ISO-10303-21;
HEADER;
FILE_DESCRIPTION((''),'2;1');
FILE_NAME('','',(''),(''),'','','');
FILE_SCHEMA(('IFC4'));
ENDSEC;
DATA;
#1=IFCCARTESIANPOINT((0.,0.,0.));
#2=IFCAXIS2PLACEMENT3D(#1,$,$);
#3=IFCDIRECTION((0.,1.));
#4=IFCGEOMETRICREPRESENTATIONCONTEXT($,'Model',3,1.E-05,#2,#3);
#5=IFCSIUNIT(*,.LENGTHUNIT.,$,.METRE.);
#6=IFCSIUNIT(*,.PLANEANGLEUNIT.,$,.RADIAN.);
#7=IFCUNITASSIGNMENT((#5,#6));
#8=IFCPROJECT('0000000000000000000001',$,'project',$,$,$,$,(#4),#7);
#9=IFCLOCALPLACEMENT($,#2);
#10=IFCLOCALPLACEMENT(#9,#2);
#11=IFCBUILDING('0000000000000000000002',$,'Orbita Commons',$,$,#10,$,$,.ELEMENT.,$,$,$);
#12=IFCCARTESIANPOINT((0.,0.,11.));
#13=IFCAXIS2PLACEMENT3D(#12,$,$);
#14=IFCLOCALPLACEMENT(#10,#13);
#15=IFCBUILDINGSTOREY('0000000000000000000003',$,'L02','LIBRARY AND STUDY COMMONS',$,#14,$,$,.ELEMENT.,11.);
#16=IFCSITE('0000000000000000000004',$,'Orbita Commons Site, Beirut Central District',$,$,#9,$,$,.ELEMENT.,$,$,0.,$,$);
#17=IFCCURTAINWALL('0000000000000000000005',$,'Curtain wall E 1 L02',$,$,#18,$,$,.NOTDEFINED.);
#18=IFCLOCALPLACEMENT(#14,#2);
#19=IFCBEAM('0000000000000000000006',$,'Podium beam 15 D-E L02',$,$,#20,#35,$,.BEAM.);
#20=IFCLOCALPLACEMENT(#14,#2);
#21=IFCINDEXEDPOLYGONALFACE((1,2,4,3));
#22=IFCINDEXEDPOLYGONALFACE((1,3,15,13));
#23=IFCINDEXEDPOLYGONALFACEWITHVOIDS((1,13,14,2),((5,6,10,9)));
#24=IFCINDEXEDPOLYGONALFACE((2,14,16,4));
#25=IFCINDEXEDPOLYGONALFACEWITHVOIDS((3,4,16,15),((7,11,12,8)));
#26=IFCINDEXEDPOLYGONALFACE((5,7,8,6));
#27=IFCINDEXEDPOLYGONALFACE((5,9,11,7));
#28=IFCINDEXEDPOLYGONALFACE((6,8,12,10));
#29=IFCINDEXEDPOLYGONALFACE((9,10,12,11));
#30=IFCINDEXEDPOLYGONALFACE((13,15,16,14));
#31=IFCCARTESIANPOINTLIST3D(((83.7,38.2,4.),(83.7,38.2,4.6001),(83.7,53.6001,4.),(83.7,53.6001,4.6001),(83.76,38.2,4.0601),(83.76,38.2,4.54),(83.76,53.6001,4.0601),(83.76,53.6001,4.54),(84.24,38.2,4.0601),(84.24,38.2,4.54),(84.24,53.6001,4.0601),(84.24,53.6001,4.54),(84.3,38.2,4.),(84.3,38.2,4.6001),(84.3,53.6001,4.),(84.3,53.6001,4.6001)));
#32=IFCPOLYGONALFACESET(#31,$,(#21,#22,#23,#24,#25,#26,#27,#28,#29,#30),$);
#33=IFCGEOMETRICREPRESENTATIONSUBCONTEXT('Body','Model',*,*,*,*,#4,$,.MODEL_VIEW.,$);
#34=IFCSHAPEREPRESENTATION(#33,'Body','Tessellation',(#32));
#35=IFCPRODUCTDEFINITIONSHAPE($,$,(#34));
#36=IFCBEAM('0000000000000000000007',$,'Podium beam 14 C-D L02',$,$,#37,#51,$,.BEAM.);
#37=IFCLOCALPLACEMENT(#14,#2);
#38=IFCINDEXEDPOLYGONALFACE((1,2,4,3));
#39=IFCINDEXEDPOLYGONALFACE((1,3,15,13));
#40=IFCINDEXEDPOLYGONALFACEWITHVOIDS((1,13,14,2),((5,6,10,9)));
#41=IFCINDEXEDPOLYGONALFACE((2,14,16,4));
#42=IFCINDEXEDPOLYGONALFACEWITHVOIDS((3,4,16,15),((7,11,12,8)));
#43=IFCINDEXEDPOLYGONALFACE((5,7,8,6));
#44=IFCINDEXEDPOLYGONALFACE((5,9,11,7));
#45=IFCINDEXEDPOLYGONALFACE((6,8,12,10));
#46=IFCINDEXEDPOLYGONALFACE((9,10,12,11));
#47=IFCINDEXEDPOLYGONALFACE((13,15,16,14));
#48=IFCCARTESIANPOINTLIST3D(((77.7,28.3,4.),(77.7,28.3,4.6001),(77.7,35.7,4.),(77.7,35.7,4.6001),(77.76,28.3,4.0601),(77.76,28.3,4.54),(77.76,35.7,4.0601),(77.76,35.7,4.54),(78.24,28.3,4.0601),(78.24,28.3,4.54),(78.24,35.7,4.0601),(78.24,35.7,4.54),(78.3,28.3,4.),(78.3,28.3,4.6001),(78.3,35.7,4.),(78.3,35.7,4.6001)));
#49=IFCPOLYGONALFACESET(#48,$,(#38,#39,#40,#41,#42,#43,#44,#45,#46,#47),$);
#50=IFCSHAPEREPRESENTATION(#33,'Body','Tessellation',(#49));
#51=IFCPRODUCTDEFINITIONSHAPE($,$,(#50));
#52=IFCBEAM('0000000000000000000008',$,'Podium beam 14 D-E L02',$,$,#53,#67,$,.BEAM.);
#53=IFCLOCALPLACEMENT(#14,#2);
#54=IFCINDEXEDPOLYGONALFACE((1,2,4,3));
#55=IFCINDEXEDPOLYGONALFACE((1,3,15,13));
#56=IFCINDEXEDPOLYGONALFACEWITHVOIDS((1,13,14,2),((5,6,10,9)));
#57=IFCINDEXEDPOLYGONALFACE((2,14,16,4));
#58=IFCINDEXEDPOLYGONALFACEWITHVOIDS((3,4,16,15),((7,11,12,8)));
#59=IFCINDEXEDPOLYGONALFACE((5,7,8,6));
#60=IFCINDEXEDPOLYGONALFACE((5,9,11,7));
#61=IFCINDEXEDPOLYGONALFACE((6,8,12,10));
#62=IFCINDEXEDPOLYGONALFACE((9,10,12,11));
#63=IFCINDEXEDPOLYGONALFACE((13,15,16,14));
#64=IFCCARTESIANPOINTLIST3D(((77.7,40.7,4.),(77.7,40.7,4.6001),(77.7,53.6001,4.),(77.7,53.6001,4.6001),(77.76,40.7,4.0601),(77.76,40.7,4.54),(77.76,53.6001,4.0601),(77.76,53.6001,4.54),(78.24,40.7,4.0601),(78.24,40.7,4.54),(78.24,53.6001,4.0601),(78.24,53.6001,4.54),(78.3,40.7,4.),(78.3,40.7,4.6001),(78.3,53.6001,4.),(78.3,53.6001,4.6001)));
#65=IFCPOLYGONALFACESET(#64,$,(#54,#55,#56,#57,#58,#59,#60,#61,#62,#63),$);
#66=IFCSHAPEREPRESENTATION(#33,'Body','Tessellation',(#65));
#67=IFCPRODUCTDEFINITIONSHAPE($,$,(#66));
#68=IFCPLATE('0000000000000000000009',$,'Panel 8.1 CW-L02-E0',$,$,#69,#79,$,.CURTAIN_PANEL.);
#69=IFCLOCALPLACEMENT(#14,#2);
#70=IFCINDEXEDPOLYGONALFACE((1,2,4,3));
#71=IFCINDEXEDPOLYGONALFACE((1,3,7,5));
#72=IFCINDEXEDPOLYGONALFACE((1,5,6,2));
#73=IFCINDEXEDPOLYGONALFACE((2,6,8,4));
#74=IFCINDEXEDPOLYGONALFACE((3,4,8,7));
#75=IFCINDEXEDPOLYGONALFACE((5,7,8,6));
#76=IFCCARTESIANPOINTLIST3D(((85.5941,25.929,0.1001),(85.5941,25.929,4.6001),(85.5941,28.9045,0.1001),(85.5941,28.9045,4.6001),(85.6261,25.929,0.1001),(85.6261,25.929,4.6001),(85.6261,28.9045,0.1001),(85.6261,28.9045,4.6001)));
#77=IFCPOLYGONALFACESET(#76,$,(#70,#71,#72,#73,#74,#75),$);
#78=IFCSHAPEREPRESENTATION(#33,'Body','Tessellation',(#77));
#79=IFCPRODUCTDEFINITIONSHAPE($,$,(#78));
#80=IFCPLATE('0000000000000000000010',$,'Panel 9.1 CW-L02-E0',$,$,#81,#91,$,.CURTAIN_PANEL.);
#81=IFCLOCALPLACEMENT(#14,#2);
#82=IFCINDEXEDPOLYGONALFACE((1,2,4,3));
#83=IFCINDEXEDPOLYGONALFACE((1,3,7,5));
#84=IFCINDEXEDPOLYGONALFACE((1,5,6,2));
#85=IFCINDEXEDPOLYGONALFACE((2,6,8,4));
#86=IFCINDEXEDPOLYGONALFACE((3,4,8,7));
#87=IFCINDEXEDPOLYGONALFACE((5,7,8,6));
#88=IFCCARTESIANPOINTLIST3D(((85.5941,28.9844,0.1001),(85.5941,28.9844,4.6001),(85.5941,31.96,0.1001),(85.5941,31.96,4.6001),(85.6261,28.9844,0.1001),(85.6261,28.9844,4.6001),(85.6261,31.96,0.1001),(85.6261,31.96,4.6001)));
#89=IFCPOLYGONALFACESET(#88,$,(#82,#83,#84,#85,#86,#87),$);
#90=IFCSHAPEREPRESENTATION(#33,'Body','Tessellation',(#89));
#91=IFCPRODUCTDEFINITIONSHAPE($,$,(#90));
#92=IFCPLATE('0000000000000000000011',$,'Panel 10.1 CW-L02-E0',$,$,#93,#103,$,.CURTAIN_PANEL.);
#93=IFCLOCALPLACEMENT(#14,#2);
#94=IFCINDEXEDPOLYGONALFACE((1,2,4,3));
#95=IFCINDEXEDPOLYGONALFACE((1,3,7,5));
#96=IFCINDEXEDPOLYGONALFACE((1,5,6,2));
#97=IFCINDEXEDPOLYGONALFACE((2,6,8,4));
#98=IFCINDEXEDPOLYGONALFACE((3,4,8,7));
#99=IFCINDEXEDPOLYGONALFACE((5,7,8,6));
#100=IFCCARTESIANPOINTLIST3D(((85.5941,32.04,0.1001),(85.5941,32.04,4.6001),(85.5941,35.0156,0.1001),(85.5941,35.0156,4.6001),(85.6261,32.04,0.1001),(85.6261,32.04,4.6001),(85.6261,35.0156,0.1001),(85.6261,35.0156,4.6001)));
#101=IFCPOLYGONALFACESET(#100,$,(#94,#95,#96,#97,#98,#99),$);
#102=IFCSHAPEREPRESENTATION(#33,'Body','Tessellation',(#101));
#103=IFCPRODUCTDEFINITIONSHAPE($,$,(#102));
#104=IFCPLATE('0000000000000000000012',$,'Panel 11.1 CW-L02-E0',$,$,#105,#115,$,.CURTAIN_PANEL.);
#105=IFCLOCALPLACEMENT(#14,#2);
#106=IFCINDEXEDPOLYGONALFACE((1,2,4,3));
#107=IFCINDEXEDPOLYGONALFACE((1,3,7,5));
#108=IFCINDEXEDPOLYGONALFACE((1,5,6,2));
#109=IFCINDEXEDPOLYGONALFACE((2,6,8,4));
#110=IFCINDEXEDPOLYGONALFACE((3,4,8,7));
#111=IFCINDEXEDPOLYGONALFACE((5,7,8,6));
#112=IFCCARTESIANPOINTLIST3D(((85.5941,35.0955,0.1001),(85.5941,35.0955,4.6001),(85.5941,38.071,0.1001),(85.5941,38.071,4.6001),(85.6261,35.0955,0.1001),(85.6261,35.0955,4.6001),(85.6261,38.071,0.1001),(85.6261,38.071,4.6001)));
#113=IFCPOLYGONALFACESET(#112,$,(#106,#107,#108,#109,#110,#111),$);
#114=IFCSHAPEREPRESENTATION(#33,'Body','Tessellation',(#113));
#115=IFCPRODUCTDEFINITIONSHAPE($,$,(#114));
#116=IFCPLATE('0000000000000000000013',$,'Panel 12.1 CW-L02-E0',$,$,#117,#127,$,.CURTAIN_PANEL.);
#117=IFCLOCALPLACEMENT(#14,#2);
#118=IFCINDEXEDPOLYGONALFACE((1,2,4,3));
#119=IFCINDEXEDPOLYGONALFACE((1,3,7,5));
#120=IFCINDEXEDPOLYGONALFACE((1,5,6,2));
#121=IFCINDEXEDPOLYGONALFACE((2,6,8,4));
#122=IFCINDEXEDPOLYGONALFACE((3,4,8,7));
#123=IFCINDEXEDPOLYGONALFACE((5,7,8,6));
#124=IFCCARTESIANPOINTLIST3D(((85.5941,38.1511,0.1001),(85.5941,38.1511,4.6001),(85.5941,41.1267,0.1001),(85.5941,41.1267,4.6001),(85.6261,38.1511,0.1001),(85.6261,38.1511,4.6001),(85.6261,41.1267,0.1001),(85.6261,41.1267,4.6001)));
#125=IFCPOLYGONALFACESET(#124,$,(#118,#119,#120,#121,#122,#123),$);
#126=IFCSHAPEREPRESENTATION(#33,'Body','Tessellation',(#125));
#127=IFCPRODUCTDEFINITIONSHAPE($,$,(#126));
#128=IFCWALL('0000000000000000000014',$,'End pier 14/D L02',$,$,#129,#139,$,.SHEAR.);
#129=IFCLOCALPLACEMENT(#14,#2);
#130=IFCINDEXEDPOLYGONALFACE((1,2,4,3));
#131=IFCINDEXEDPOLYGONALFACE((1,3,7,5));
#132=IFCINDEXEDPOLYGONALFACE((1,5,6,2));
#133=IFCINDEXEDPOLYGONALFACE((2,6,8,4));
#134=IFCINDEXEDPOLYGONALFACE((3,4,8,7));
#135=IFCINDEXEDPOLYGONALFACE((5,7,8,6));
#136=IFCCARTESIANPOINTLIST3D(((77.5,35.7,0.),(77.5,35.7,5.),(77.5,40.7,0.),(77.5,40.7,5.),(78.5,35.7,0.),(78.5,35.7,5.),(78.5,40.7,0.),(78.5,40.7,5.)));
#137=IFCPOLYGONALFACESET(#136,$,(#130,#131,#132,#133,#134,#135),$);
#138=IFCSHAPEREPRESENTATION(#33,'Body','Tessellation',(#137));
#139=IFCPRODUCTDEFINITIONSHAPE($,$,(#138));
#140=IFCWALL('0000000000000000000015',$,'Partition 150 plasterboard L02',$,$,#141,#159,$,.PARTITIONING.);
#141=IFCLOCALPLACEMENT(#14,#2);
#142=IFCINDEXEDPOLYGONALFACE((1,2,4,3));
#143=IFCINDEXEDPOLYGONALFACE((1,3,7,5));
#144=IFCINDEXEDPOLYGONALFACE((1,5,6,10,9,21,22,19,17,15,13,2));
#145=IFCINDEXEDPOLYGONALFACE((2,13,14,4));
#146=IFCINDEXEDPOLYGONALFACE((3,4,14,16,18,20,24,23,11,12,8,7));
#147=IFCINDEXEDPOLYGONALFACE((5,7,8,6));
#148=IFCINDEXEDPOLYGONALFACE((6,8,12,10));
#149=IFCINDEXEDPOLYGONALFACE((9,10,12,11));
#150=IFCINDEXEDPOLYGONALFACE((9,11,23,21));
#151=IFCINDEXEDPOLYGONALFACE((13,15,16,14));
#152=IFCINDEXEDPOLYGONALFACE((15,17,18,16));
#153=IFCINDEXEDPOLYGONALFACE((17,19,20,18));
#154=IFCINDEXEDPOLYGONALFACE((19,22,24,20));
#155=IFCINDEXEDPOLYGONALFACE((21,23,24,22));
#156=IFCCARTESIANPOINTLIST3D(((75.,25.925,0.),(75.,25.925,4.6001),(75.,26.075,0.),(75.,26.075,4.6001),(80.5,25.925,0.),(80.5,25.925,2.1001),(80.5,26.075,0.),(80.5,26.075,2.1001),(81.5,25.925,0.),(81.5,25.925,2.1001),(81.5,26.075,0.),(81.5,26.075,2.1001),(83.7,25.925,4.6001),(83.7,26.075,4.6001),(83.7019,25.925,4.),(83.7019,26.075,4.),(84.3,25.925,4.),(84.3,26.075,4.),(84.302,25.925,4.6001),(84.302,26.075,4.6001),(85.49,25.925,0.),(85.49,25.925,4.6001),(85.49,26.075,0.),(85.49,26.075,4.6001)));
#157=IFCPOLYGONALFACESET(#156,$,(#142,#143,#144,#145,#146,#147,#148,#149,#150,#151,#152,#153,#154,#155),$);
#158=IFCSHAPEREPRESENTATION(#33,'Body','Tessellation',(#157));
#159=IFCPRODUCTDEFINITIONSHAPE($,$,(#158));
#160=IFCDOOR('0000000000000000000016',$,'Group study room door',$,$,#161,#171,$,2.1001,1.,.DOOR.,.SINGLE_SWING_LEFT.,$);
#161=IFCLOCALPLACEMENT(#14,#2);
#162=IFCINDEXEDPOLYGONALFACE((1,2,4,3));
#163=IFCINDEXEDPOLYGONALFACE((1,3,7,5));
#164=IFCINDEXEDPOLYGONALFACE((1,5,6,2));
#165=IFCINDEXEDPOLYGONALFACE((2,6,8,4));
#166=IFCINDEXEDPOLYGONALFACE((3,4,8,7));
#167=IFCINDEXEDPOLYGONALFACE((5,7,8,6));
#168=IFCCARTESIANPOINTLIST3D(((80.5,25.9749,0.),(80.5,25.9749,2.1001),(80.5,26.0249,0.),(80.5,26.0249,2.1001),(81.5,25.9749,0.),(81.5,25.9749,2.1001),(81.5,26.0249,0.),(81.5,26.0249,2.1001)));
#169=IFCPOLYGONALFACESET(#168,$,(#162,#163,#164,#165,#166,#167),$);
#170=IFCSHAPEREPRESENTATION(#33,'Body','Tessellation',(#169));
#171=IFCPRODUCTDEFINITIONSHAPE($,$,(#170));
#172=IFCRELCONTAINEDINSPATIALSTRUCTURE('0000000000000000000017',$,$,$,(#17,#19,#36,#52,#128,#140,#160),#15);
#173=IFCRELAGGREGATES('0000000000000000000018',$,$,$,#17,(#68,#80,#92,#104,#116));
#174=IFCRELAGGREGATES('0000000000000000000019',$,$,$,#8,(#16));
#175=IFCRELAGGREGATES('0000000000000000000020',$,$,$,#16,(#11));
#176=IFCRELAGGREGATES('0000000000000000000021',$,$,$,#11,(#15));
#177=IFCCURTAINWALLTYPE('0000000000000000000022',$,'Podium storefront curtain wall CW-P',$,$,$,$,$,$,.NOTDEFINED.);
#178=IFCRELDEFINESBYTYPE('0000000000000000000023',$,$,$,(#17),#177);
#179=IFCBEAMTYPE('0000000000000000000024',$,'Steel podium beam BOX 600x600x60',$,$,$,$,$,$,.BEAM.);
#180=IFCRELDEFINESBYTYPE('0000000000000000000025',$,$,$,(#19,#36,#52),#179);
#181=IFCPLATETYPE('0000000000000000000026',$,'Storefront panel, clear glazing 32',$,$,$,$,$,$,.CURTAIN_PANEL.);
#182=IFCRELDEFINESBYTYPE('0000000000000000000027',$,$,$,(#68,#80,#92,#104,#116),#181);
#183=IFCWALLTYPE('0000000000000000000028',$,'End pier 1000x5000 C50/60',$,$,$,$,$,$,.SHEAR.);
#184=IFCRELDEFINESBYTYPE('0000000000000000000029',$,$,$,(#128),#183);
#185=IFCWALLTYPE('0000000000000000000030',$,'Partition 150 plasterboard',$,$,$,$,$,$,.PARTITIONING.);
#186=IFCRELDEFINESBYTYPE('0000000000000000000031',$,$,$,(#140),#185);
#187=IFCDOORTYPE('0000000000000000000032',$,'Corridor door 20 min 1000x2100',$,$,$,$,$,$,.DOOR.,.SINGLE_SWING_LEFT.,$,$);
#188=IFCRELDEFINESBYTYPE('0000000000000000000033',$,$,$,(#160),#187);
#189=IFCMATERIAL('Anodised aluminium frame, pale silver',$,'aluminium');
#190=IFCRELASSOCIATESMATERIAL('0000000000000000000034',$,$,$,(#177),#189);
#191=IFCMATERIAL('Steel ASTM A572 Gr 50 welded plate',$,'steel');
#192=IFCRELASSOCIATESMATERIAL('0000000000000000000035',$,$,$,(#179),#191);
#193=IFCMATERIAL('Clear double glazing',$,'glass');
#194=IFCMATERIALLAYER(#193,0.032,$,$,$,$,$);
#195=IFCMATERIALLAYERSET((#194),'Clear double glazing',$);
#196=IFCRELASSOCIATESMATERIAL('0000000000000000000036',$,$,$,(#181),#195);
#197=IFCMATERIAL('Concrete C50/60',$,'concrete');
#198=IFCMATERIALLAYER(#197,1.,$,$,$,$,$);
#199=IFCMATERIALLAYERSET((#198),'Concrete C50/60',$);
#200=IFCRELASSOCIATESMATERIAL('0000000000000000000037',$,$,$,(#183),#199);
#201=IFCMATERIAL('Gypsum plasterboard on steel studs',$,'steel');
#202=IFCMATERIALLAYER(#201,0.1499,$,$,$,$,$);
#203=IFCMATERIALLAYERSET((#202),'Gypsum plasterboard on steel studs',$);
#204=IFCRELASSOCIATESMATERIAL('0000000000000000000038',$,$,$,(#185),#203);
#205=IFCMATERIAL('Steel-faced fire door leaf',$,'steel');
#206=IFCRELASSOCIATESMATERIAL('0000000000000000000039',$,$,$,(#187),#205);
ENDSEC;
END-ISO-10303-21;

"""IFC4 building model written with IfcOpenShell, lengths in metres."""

from ifc_helpers import new_model, si_unit, direction, frame, frame_2d, origin, origin_2d, place, context, subcontext, project, spatial, polyline, rectangle, hollow_rectangle, outline, extrude, material, layer, layer_set, material_profile, profile_set, type_object, element, fill, aggregate, save


model = new_model("IFC4")

# Units and contexts
model_context = context("Model", 3, precision=1e-05, world=origin(), true_north=direction((0.0, 1.0)))
body_context = subcontext(model_context, "Body", "Model", "MODEL_VIEW")
ifc_project = project(units=[si_unit("LENGTHUNIT", "METRE"), si_unit("PLANEANGLEUNIT", "RADIAN")], contexts=[model_context])

# Site, building, storey
site_placement = place(None, origin())
site = spatial("IfcSite", under=ifc_project, at=site_placement, Name="Orbita Commons Site, Beirut Central District", CompositionType="ELEMENT", RefElevation=0.0)
building_placement = place(site_placement, origin())
building = spatial("IfcBuilding", under=site, at=building_placement, Name="Orbita Commons", CompositionType="ELEMENT")
storey_placement = place(building_placement, frame((0.0, 0.0, 11.0)))
storey = spatial("IfcBuildingStorey", under=building, at=storey_placement, Name="L02", Description="LIBRARY AND STUDY COMMONS", CompositionType="ELEMENT", Elevation=11.0)

# Curtain wall
ifc_material_1 = material(Name="Anodised aluminium frame, pale silver", Category="aluminium")
curtain_wall_type = type_object("IfcCurtainWallType", Name="Podium storefront curtain wall CW-P", PredefinedType="NOTDEFINED", material=ifc_material_1)
curtain_wall_placement = place(storey_placement, origin())
curtain_wall = element("IfcCurtainWall", 1, at=curtain_wall_placement, inside=storey, type_object=curtain_wall_type, Name="Curtain wall E 1 L02", PredefinedType="NOTDEFINED")

# Beams
ifc_material_2 = material(Name="Steel ASTM A572 Gr 50 welded plate", Category="steel")
ifc_material_profile_1 = material_profile(ifc_material_2, hollow_rectangle(XDim=0.6001, YDim=0.6001, WallThickness=0.0601, at=origin_2d()), Name="BOX 600x600x60")
ifc_profile_set_1 = profile_set([ifc_material_profile_1], Name="Steel ASTM A572 Gr 50 welded plate")
beam_type = type_object("IfcBeamType", Name="Steel podium beam BOX 600x600x60", PredefinedType="BEAM", material=ifc_profile_set_1)
beam_1_placement = place(storey_placement, frame((84.0, 38.2, 4.3), z_axis=(0.0, 1.0, 0.0), x_axis=(-1.0, 0.0, 0.0)))
element("IfcBeam", 2, at=beam_1_placement, inside=storey, type_object=beam_type, Name="Podium beam 15 D-E L02", PredefinedType="BEAM", context=body_context, shape_type="SweptSolid", body=[
    extrude(hollow_rectangle(XDim=0.6001, YDim=0.6001, WallThickness=0.0601, at=origin_2d()), origin(), (0.0, 0.0, 1.0), 15.4001),
])
beam_2_placement = place(storey_placement, frame((78.0, 28.3, 4.3), z_axis=(0.0, 1.0, 0.0), x_axis=(-1.0, 0.0, 0.0)))
element("IfcBeam", 3, at=beam_2_placement, inside=storey, type_object=beam_type, Name="Podium beam 14 C-D L02", PredefinedType="BEAM", context=body_context, shape_type="SweptSolid", body=[
    extrude(hollow_rectangle(XDim=0.6001, YDim=0.6001, WallThickness=0.0601, at=origin_2d()), origin(), (0.0, 0.0, 1.0), 7.3999),
])
beam_3_placement = place(storey_placement, frame((78.0, 40.7, 4.3), z_axis=(0.0, 1.0, 0.0), x_axis=(-1.0, 0.0, 0.0)))
element("IfcBeam", 4, at=beam_3_placement, inside=storey, type_object=beam_type, Name="Podium beam 14 D-E L02", PredefinedType="BEAM", context=body_context, shape_type="SweptSolid", body=[
    extrude(hollow_rectangle(XDim=0.6001, YDim=0.6001, WallThickness=0.0601, at=origin_2d()), origin(), (0.0, 0.0, 1.0), 12.9001),
])

# Plates
ifc_material_3 = material(Name="Clear double glazing", Category="glass")
ifc_layer_1 = layer(ifc_material_3, 0.032)
ifc_layer_set_1 = layer_set([ifc_layer_1], Name="Clear double glazing")
plate_type = type_object("IfcPlateType", Name="Storefront panel, clear glazing 32", PredefinedType="CURTAIN_PANEL", material=ifc_layer_set_1)
plate_1_placement = place(storey_placement, frame((85.6101, 27.4167, 0.1001), z_axis=(0.0, 0.0, 1.0), x_axis=(0.0, 1.0, 0.0)))
plate_1 = element("IfcPlate", 5, at=plate_1_placement, type_object=plate_type, Name="Panel 8.1 CW-L02-E0", PredefinedType="CURTAIN_PANEL", context=body_context, shape_type="SweptSolid", body=[
    extrude(rectangle(XDim=2.9756, YDim=0.032, at=origin_2d()), origin(), (0.0, 0.0, 1.0), 4.5),
])
plate_2_placement = place(storey_placement, frame((85.6101, 30.4722, 0.1001), z_axis=(0.0, 0.0, 1.0), x_axis=(0.0, 1.0, 0.0)))
plate_2 = element("IfcPlate", 6, at=plate_2_placement, type_object=plate_type, Name="Panel 9.1 CW-L02-E0", PredefinedType="CURTAIN_PANEL", context=body_context, shape_type="SweptSolid", body=[
    extrude(rectangle(XDim=2.9756, YDim=0.032, at=origin_2d()), origin(), (0.0, 0.0, 1.0), 4.5),
])
plate_3_placement = place(storey_placement, frame((85.6101, 33.5278, 0.1001), z_axis=(0.0, 0.0, 1.0), x_axis=(0.0, 1.0, 0.0)))
plate_3 = element("IfcPlate", 7, at=plate_3_placement, type_object=plate_type, Name="Panel 10.1 CW-L02-E0", PredefinedType="CURTAIN_PANEL", context=body_context, shape_type="SweptSolid", body=[
    extrude(rectangle(XDim=2.9756, YDim=0.032, at=origin_2d()), origin(), (0.0, 0.0, 1.0), 4.5),
])
plate_4_placement = place(storey_placement, frame((85.6101, 36.5833, 0.1001), z_axis=(0.0, 0.0, 1.0), x_axis=(0.0, 1.0, 0.0)))
plate_4 = element("IfcPlate", 8, at=plate_4_placement, type_object=plate_type, Name="Panel 11.1 CW-L02-E0", PredefinedType="CURTAIN_PANEL", context=body_context, shape_type="SweptSolid", body=[
    extrude(rectangle(XDim=2.9756, YDim=0.032, at=origin_2d()), origin(), (0.0, 0.0, 1.0), 4.5),
])
plate_5_placement = place(storey_placement, frame((85.6101, 39.6389, 0.1001), z_axis=(0.0, 0.0, 1.0), x_axis=(0.0, 1.0, 0.0)))
plate_5 = element("IfcPlate", 9, at=plate_5_placement, type_object=plate_type, Name="Panel 12.1 CW-L02-E0", PredefinedType="CURTAIN_PANEL", context=body_context, shape_type="SweptSolid", body=[
    extrude(rectangle(XDim=2.9756, YDim=0.032, at=origin_2d()), origin(), (0.0, 0.0, 1.0), 4.5),
])
aggregate(curtain_wall, [plate_1, plate_2, plate_3, plate_4, plate_5])

# Wall
ifc_material_4 = material(Name="Concrete C50/60", Category="concrete")
ifc_layer_2 = layer(ifc_material_4, 1.0)
ifc_layer_set_2 = layer_set([ifc_layer_2], Name="Concrete C50/60")
wall_type_1 = type_object("IfcWallType", Name="End pier 1000x5000 C50/60", PredefinedType="SHEAR", material=ifc_layer_set_2)
wall_1_placement = place(storey_placement, frame((78.0, 35.7, 0.0), z_axis=(0.0, 0.0, 1.0), x_axis=(0.0, 1.0, 0.0)))
element("IfcWall", 10, at=wall_1_placement, inside=storey, type_object=wall_type_1, Name="End pier 14/D L02", PredefinedType="SHEAR", context=body_context, shape_type="SweptSolid", body=[
    extrude(rectangle(XDim=5.0, YDim=1.0, at=frame_2d((2.5, 0.0))), origin(), (0.0, 0.0, 1.0), 5.0),
])

# Wall, opening, door
ifc_material_5 = material(Name="Gypsum plasterboard on steel studs", Category="steel")
ifc_layer_3 = layer(ifc_material_5, 0.1499)
ifc_layer_set_3 = layer_set([ifc_layer_3], Name="Gypsum plasterboard on steel studs")
wall_type_2 = type_object("IfcWallType", Name="Partition 150 plasterboard", PredefinedType="PARTITIONING", material=ifc_layer_set_3)
wall_2_placement = place(storey_placement, frame((75.0, 26.0, 0.0), z_axis=(0.0, 0.0, 1.0), x_axis=(1.0, 0.0, 0.0)))
wall_2 = element("IfcWall", 11, at=wall_2_placement, inside=storey, type_object=wall_type_2, Name="Partition 150 plasterboard L02", PredefinedType="PARTITIONING", context=body_context, shape_type="SweptSolid", body=[
    extrude(outline(polyline([(0.0, 0.0), (10.49, 0.0), (10.49, 4.6001), (9.302, 4.6001), (9.3, 4.0), (8.7019, 4.0), (8.7, 4.6001), (0.0, 4.6001), (0.0, 0.0)])), frame((0.0, 0.075, 0.0), z_axis=(0.0, -1.0, 0.0), x_axis=(1.0, 0.0, 0.0)), (0.0, 0.0, 1.0), 0.1499),
])
opening_1_placement = place(wall_2_placement, frame((5.5, 0.0, 0.0)))
opening_1 = element("IfcOpeningElement", 12, at=opening_1_placement, cuts=wall_2, PredefinedType="OPENING", context=body_context, shape_type="SweptSolid", body=[
    extrude(rectangle(XDim=1.0, YDim=2.1001, at=frame_2d((0.5, 1.05))), frame((0.0, 0.085, 0.0), z_axis=(0.0, -1.0, 0.0), x_axis=(1.0, 0.0, 0.0)), (0.0, 0.0, 1.0), 0.1699),
])
ifc_material_6 = material(Name="Steel-faced fire door leaf", Category="steel")
door_type_1 = type_object("IfcDoorType", Name="Corridor door 20 min 1000x2100", OperationType="SINGLE_SWING_LEFT", PredefinedType="DOOR", material=ifc_material_6)
door_1_placement = place(opening_1_placement, origin())
door_1 = element("IfcDoor", 13, at=door_1_placement, inside=storey, type_object=door_type_1, Name="Group study room door", OperationType="SINGLE_SWING_LEFT", OverallHeight=2.1001, OverallWidth=1.0, PredefinedType="DOOR", context=body_context, shape_type="SweptSolid", body=[
    extrude(rectangle(XDim=1.0, YDim=2.1001, at=frame_2d((0.5, 1.05))), frame((0.0, 0.0249, 0.0), z_axis=(0.0, -1.0, 0.0), x_axis=(1.0, 0.0, 0.0)), (0.0, 0.0, 1.0), 0.05),
])
fill(opening_1, door_1)

save(model, "model.ifc")
